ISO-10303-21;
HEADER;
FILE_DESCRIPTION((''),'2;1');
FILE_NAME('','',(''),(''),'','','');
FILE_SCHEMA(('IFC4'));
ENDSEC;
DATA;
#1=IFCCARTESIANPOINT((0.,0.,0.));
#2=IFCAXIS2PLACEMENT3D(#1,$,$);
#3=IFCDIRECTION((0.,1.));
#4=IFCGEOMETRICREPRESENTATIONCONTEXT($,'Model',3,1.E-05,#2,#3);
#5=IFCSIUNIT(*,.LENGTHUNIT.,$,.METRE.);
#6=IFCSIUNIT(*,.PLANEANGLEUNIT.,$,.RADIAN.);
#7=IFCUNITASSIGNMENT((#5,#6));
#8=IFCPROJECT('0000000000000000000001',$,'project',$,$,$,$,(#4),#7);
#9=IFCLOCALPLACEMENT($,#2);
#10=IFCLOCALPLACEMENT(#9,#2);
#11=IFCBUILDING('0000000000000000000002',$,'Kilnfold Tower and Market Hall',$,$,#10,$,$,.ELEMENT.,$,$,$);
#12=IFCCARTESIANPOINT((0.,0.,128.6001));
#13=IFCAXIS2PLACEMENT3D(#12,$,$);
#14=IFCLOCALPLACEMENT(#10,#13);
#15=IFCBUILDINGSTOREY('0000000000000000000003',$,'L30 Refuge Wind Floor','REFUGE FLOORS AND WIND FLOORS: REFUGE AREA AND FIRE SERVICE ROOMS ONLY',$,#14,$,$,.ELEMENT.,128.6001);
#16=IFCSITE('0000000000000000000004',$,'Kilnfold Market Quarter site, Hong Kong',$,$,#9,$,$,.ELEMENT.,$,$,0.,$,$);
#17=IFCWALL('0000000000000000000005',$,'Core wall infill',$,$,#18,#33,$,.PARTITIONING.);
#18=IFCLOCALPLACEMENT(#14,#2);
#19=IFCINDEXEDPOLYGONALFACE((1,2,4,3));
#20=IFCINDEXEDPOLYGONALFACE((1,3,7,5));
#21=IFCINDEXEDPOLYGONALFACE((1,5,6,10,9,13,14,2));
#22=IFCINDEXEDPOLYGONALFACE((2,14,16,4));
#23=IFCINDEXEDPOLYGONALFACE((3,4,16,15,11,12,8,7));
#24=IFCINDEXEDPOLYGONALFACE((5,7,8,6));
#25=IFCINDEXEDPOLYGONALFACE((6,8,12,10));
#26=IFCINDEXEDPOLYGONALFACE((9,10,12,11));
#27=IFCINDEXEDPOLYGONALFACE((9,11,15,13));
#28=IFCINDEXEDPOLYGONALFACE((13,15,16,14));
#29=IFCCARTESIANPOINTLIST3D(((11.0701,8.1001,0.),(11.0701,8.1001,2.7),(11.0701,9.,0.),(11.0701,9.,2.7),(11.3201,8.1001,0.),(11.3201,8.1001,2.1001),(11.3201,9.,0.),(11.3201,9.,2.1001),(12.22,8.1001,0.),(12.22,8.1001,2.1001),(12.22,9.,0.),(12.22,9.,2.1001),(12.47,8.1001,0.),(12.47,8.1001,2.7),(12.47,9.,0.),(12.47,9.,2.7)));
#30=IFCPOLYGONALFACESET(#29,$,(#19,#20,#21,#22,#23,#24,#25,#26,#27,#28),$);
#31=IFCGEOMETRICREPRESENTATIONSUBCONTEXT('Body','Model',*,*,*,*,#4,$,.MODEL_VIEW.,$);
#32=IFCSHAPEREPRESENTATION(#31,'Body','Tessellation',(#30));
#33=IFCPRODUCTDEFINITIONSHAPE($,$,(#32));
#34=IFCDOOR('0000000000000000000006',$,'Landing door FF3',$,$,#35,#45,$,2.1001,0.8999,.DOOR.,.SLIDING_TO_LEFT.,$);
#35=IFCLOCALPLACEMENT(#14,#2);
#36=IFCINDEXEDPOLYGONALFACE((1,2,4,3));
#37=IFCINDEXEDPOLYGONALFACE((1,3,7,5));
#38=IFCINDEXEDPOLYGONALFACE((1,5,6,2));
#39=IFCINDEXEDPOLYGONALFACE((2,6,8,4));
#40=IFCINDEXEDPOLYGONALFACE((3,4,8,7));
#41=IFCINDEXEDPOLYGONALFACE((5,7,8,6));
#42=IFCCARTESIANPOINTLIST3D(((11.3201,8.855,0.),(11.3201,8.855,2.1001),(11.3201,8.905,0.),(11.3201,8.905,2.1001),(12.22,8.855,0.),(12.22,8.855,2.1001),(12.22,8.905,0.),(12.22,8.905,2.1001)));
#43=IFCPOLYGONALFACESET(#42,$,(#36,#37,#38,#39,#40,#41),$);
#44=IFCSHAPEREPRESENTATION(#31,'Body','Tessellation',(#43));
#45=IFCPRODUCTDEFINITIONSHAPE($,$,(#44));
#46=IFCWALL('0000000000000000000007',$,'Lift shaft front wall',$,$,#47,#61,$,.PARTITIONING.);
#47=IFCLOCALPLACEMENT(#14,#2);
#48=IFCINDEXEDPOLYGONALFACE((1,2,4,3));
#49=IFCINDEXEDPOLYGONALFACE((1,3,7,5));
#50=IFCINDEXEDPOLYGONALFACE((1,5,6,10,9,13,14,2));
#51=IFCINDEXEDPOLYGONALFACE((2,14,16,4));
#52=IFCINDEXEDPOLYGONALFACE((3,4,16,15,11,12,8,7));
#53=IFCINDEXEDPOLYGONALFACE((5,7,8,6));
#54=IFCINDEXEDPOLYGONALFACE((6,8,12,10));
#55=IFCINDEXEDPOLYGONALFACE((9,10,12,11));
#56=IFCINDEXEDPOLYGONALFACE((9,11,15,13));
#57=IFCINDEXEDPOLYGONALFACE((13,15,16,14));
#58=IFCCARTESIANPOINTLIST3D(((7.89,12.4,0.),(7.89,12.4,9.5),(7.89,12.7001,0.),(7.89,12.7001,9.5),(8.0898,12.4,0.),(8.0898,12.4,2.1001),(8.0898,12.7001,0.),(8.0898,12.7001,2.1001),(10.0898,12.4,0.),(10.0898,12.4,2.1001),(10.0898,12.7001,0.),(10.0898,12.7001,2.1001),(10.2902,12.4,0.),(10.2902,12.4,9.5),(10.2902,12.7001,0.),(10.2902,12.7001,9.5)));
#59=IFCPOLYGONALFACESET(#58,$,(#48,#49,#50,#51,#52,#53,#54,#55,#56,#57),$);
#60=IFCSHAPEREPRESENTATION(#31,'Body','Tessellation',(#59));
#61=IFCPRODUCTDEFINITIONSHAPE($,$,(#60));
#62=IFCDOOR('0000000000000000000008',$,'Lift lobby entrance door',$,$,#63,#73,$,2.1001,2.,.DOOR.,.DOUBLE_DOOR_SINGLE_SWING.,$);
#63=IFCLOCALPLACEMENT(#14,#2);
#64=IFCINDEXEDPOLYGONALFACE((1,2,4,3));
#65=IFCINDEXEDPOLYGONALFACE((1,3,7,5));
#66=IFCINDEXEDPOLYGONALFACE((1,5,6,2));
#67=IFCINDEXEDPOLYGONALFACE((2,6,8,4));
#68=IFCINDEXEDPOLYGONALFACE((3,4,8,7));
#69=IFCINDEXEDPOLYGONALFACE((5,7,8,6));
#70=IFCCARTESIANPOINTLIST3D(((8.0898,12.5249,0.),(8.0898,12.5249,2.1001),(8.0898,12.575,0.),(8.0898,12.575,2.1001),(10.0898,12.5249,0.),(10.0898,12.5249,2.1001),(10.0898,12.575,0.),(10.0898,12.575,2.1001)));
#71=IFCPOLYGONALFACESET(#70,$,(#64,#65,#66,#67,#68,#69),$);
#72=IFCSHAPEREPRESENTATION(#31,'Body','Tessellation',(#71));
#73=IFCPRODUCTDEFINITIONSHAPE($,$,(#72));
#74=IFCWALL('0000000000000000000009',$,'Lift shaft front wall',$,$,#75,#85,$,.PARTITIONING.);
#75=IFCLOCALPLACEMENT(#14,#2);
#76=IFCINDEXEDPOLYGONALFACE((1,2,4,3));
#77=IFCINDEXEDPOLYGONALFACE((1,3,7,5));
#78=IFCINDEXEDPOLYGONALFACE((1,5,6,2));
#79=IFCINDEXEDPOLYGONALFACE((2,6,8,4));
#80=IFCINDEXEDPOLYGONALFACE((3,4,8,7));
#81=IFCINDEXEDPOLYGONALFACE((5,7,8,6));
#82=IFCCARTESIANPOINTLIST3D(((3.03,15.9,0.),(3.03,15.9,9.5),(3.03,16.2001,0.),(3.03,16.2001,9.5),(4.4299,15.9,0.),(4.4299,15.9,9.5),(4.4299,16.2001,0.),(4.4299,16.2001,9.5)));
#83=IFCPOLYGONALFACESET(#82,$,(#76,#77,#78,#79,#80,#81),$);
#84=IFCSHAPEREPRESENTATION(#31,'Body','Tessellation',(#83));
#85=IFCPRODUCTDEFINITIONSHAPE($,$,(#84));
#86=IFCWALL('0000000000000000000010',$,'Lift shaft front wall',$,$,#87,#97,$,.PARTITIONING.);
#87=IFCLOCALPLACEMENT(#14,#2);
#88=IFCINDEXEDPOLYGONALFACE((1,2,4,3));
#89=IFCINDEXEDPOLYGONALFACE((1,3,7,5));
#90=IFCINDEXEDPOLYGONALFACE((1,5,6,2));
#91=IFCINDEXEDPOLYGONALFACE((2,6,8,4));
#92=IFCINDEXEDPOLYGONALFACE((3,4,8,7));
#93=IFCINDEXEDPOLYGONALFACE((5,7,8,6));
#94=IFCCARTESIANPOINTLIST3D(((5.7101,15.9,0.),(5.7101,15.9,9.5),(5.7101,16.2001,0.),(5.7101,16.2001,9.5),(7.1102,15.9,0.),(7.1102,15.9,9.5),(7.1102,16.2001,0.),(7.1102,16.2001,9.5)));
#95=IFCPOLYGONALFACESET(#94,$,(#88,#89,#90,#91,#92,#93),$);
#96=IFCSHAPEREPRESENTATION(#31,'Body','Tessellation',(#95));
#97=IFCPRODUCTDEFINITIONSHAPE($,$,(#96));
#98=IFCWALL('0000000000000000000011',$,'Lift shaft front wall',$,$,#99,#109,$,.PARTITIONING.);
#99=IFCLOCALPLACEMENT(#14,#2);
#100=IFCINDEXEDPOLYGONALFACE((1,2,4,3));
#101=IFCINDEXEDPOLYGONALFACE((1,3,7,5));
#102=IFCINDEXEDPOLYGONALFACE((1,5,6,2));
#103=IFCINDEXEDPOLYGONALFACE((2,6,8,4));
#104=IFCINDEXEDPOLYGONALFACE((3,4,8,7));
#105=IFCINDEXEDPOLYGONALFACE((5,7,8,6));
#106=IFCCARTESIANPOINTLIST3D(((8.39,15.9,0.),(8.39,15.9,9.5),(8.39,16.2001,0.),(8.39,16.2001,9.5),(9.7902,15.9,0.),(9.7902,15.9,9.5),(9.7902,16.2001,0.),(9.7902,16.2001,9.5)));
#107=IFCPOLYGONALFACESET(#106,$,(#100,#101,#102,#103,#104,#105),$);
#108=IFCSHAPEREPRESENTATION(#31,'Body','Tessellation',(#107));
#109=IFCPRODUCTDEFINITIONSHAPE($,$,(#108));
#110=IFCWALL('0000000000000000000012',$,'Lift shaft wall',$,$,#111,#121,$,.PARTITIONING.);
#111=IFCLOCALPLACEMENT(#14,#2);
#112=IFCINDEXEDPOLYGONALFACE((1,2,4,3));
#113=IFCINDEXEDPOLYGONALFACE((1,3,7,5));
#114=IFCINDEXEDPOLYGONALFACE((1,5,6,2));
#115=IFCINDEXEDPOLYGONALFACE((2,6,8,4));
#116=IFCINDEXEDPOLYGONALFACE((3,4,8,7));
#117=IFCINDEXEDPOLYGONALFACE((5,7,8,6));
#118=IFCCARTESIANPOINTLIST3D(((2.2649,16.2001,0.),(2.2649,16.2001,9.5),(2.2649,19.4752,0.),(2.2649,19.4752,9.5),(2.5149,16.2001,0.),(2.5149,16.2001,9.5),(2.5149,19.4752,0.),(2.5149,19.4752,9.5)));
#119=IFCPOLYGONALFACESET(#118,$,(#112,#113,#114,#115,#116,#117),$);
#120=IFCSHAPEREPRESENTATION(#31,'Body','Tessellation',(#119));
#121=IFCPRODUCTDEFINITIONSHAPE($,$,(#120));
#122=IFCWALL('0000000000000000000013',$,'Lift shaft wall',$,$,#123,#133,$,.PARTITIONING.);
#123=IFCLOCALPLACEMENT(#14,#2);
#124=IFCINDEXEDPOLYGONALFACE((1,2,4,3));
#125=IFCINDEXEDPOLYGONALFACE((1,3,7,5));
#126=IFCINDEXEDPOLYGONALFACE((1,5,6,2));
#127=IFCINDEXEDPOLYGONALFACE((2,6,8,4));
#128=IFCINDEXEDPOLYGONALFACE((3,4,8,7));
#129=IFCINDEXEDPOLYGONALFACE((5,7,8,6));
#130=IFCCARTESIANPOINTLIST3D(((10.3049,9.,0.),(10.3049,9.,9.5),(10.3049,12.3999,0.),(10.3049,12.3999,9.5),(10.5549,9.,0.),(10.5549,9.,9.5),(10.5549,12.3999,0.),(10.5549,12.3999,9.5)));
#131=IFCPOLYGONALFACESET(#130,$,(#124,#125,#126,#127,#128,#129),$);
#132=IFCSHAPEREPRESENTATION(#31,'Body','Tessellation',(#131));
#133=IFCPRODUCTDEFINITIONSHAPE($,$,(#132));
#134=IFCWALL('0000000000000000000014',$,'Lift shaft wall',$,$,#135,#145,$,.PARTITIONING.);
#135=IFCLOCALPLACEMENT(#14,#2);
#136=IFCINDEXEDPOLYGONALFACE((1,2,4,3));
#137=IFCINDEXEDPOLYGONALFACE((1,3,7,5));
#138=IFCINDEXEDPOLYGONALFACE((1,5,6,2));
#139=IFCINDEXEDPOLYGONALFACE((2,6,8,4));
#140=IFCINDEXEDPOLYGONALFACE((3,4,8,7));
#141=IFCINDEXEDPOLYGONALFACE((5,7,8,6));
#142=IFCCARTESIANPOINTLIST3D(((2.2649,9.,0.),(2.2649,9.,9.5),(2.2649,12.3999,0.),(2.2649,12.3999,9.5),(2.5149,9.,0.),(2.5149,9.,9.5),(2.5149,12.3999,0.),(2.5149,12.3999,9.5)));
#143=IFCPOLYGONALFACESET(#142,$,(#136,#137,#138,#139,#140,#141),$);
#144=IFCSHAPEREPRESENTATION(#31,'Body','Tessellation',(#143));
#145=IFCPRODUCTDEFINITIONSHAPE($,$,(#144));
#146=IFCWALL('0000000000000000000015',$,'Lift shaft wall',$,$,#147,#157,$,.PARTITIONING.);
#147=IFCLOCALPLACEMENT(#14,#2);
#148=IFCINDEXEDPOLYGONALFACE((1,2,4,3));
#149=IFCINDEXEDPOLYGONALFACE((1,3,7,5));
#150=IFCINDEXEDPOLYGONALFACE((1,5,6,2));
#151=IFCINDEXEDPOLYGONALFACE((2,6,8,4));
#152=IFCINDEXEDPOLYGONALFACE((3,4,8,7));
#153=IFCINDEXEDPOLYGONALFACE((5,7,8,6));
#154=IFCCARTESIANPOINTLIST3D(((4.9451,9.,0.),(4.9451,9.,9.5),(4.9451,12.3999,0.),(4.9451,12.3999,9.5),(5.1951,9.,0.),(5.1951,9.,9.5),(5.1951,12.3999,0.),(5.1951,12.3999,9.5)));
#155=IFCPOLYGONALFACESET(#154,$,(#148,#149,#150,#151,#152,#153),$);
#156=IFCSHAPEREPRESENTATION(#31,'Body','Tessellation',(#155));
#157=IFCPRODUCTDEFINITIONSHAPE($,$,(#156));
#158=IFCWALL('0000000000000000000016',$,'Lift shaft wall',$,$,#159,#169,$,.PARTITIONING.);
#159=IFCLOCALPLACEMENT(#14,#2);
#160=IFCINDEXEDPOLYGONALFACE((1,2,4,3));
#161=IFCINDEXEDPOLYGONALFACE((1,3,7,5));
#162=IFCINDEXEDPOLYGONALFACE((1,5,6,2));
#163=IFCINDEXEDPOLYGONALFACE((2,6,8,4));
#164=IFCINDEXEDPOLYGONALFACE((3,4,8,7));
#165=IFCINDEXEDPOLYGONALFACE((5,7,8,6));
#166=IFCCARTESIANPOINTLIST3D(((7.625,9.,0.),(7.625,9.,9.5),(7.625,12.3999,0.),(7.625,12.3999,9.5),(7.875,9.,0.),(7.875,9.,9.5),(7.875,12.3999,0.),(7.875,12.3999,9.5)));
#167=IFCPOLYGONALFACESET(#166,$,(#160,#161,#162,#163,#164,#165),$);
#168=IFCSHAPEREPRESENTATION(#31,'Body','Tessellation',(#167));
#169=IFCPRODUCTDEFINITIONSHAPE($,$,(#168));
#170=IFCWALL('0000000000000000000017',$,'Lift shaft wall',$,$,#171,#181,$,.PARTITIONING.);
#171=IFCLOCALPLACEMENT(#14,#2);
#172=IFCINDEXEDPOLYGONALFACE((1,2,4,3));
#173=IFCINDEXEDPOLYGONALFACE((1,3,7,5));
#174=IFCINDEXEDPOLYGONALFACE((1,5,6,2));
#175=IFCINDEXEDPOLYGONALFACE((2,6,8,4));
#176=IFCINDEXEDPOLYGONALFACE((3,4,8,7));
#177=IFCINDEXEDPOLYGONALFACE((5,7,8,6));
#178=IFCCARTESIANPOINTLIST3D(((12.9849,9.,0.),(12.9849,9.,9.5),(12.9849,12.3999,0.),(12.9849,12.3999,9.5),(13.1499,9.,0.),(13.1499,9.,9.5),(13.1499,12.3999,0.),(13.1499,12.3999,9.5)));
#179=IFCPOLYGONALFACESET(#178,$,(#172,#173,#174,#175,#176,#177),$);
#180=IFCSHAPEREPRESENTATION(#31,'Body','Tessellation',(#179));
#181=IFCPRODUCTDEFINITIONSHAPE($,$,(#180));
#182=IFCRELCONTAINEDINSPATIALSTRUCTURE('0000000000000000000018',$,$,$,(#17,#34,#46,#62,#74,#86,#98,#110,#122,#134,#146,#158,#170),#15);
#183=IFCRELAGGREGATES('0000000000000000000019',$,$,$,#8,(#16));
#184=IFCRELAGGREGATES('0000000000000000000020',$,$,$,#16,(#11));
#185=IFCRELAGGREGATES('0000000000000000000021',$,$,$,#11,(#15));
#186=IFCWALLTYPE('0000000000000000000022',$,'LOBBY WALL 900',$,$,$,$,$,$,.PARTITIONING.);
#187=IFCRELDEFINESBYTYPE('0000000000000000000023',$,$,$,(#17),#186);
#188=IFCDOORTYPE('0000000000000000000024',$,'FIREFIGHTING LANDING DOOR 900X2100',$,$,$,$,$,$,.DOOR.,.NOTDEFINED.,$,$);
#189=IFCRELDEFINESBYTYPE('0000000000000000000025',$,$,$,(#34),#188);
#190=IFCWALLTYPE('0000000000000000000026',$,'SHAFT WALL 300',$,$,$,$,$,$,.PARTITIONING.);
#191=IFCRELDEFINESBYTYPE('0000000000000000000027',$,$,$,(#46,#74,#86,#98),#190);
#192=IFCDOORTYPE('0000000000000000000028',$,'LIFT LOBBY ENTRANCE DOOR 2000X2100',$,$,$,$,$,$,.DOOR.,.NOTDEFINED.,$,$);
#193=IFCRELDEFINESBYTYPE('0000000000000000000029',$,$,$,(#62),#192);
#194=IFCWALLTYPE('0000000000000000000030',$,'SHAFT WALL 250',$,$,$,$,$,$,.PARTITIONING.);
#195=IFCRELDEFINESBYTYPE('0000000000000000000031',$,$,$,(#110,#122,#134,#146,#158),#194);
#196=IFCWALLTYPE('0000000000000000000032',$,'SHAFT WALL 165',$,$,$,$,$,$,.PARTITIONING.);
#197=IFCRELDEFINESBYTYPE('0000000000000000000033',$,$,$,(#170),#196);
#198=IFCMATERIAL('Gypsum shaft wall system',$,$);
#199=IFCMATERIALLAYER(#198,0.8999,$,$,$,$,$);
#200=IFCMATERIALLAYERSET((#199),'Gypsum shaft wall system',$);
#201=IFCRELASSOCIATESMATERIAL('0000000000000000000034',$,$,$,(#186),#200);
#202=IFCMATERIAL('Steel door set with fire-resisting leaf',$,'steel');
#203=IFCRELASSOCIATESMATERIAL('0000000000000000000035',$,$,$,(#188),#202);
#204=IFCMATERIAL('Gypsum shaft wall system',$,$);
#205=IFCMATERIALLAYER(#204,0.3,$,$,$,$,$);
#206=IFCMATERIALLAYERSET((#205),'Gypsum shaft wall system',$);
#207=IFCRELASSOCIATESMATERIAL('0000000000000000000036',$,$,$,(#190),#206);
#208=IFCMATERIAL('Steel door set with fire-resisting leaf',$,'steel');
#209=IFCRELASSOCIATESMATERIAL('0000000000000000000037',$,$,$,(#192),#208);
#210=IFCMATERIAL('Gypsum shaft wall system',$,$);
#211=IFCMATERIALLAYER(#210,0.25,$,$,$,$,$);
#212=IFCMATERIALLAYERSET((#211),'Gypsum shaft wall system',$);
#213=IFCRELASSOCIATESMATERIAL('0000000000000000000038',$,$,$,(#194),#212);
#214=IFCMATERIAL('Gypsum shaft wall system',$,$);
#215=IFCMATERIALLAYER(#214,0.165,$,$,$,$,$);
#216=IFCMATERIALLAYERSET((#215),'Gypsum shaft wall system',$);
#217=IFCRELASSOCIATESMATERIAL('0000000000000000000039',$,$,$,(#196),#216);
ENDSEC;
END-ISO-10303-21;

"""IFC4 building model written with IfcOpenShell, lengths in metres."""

from ifc_helpers import new_model, si_unit, direction, frame, frame_2d, origin, place, context, subcontext, project, spatial, rectangle, extrude, source, transform, mapped, material, layer, layer_set, type_object, element, fill, save


model = new_model("IFC4")

# Units and contexts
model_context = context("Model", 3, precision=1e-05, world=origin(), true_north=direction((0.0, 1.0)))
body_context = subcontext(model_context, "Body", "Model", "MODEL_VIEW")
ifc_project = project(units=[si_unit("LENGTHUNIT", "METRE"), si_unit("PLANEANGLEUNIT", "RADIAN")], contexts=[model_context])

# Site, building, storey
site_placement = place(None, origin())
site = spatial("IfcSite", under=ifc_project, at=site_placement, Name="Kilnfold Market Quarter site, Hong Kong", CompositionType="ELEMENT", RefElevation=0.0)
building_placement = place(site_placement, origin())
building = spatial("IfcBuilding", under=site, at=building_placement, Name="Kilnfold Tower and Market Hall", CompositionType="ELEMENT")
storey_placement = place(building_placement, frame((0.0, 0.0, 128.6001)))
storey = spatial("IfcBuildingStorey", under=building, at=storey_placement, Name="L30 Refuge Wind Floor", Description="REFUGE FLOORS AND WIND FLOORS: REFUGE AREA AND FIRE SERVICE ROOMS ONLY", CompositionType="ELEMENT", Elevation=128.6001)

# Walls, openings, doors
ifc_material_1 = material(Name="Gypsum shaft wall system")
ifc_layer_1 = layer(ifc_material_1, 0.8999)
ifc_layer_set_1 = layer_set([ifc_layer_1], Name="Gypsum shaft wall system")
wall_type_1 = type_object("IfcWallType", Name="LOBBY WALL 900", PredefinedType="PARTITIONING", material=ifc_layer_set_1)
shared_shape_1 = source(origin(), body_context, "Body", "SweptSolid", [
    extrude(rectangle(XDim=1.3999, YDim=0.8999, at=frame_2d((0.7, 0.0))), origin(), (0.0, 0.0, 1.0), 2.7),
])
wall_1_placement = place(storey_placement, frame((11.0701, 8.55, 0.0), z_axis=(0.0, 0.0, 1.0), x_axis=(1.0, 0.0, 0.0)))
wall_1 = element("IfcWall", 1, at=wall_1_placement, inside=storey, type_object=wall_type_1, Name="Core wall infill", PredefinedType="PARTITIONING", context=body_context, shape_type="MappedRepresentation", body=[
    mapped(shared_shape_1, transform((0.0, 0.0, 0.0))),
])
opening_1_placement = place(wall_1_placement, frame((0.25, 0.0, 0.0)))
opening_1 = element("IfcOpeningElement", 2, at=opening_1_placement, cuts=wall_1, PredefinedType="OPENING", context=body_context, shape_type="SweptSolid", body=[
    extrude(rectangle(XDim=0.8999, YDim=2.1001, at=frame_2d((0.45, 1.05))), frame((0.0, 0.46, 0.0), z_axis=(0.0, -1.0, 0.0), x_axis=(1.0, 0.0, 0.0)), (0.0, 0.0, 1.0), 0.9199),
])
ifc_material_2 = material(Name="Steel door set with fire-resisting leaf", Category="steel")
door_type_1 = type_object("IfcDoorType", Name="FIREFIGHTING LANDING DOOR 900X2100", OperationType="NOTDEFINED", PredefinedType="DOOR", material=ifc_material_2)
door_1_placement = place(opening_1_placement, origin())
door_1 = element("IfcDoor", 3, at=door_1_placement, inside=storey, type_object=door_type_1, Name="Landing door FF3", OperationType="SLIDING_TO_LEFT", OverallHeight=2.1001, OverallWidth=0.8999, PredefinedType="DOOR", context=body_context, shape_type="SweptSolid", body=[
    extrude(rectangle(XDim=0.8999, YDim=2.1001, at=frame_2d((0.45, 1.05))), frame((0.0, 0.355, 0.0), z_axis=(0.0, -1.0, 0.0), x_axis=(1.0, 0.0, 0.0)), (0.0, 0.0, 1.0), 0.05),
])
fill(opening_1, door_1)
ifc_material_3 = material(Name="Gypsum shaft wall system")
ifc_layer_2 = layer(ifc_material_3, 0.3)
ifc_layer_set_2 = layer_set([ifc_layer_2], Name="Gypsum shaft wall system")
wall_type_2 = type_object("IfcWallType", Name="SHAFT WALL 300", PredefinedType="PARTITIONING", material=ifc_layer_set_2)
shared_shape_2 = source(origin(), body_context, "Body", "SweptSolid", [
    extrude(rectangle(XDim=2.4001, YDim=0.3, at=frame_2d((1.2002, 0.0))), origin(), (0.0, 0.0, 1.0), 9.5),
])
wall_2_placement = place(storey_placement, frame((7.8899, 12.55, 0.0), z_axis=(0.0, 0.0, 1.0), x_axis=(1.0, 0.0, 0.0)))
wall_2 = element("IfcWall", 4, at=wall_2_placement, inside=storey, type_object=wall_type_2, Name="Lift shaft front wall", PredefinedType="PARTITIONING", context=body_context, shape_type="MappedRepresentation", body=[
    mapped(shared_shape_2, transform((0.0, 0.0, 0.0))),
])
opening_2_placement = place(wall_2_placement, frame((0.2, 0.0, 0.0)))
opening_2 = element("IfcOpeningElement", 5, at=opening_2_placement, cuts=wall_2, PredefinedType="OPENING", context=body_context, shape_type="SweptSolid", body=[
    extrude(rectangle(XDim=2.0, YDim=2.1001, at=frame_2d((1.0, 1.05))), frame((0.0, 0.1602, 0.0), z_axis=(0.0, -1.0, 0.0), x_axis=(1.0, 0.0, 0.0)), (0.0, 0.0, 1.0), 0.3201),
])
ifc_material_4 = material(Name="Steel door set with fire-resisting leaf", Category="steel")
door_type_2 = type_object("IfcDoorType", Name="LIFT LOBBY ENTRANCE DOOR 2000X2100", OperationType="NOTDEFINED", PredefinedType="DOOR", material=ifc_material_4)
door_2_placement = place(opening_2_placement, origin())
door_2 = element("IfcDoor", 6, at=door_2_placement, inside=storey, type_object=door_type_2, Name="Lift lobby entrance door", OperationType="DOUBLE_DOOR_SINGLE_SWING", OverallHeight=2.1001, OverallWidth=2.0, PredefinedType="DOOR", context=body_context, shape_type="SweptSolid", body=[
    extrude(rectangle(XDim=2.0, YDim=2.1001, at=frame_2d((1.0, 1.05))), frame((0.0, 0.0249, 0.0), z_axis=(0.0, -1.0, 0.0), x_axis=(1.0, 0.0, 0.0)), (0.0, 0.0, 1.0), 0.05),
])
fill(opening_2, door_2)

# Walls
shared_shape_3 = source(origin(), body_context, "Body", "SweptSolid", [
    extrude(rectangle(XDim=1.3999, YDim=0.3, at=frame_2d((0.7, 0.0))), origin(), (0.0, 0.0, 1.0), 9.5),
])
wall_3_placement = place(storey_placement, frame((3.03, 16.05, 0.0), z_axis=(0.0, 0.0, 1.0), x_axis=(1.0, 0.0, 0.0)))
element("IfcWall", 7, at=wall_3_placement, inside=storey, type_object=wall_type_2, Name="Lift shaft front wall", PredefinedType="PARTITIONING", context=body_context, shape_type="MappedRepresentation", body=[
    mapped(shared_shape_3, transform((0.0, 0.0, 0.0))),
])
shared_shape_4 = source(origin(), body_context, "Body", "SweptSolid", [
    extrude(rectangle(XDim=1.4001, YDim=0.3, at=frame_2d((0.7002, 0.0))), origin(), (0.0, 0.0, 1.0), 9.5),
])
for number, where, z_axis, x_axis, name in (
    (8, (5.71, 16.05, 0.0), (0.0, 0.0, 1.0), (1.0, 0.0, 0.0), "Lift shaft front wall"),
    (9, (8.3899, 16.05, 0.0), (0.0, 0.0, 1.0), (1.0, 0.0, 0.0), "Lift shaft front wall"),
):
    element("IfcWall", number, at=place(storey_placement, frame(where, z_axis=z_axis, x_axis=x_axis)), inside=storey, type_object=wall_type_2, Name=name, PredefinedType="PARTITIONING", context=body_context, shape_type="MappedRepresentation", body=[
        mapped(shared_shape_4, transform((0.0, 0.0, 0.0))),
    ])
ifc_material_5 = material(Name="Gypsum shaft wall system")
ifc_layer_3 = layer(ifc_material_5, 0.25)
ifc_layer_set_3 = layer_set([ifc_layer_3], Name="Gypsum shaft wall system")
wall_type_3 = type_object("IfcWallType", Name="SHAFT WALL 250", PredefinedType="PARTITIONING", material=ifc_layer_set_3)
shared_shape_5 = source(origin(), body_context, "Body", "SweptSolid", [
    extrude(rectangle(XDim=3.2751, YDim=0.25, at=frame_2d((1.6377, 0.0))), origin(), (0.0, 0.0, 1.0), 9.5),
])
wall_4_placement = place(storey_placement, frame((2.3899, 16.2, 0.0), z_axis=(0.0, 0.0, 1.0), x_axis=(0.0, 1.0, 0.0)))
element("IfcWall", 10, at=wall_4_placement, inside=storey, type_object=wall_type_3, Name="Lift shaft wall", PredefinedType="PARTITIONING", context=body_context, shape_type="MappedRepresentation", body=[
    mapped(shared_shape_5, transform((0.0, 0.0, 0.0))),
])
shared_shape_6 = source(origin(), body_context, "Body", "SweptSolid", [
    extrude(rectangle(XDim=3.3999, YDim=0.25, at=frame_2d((1.7, 0.0))), origin(), (0.0, 0.0, 1.0), 9.5),
])
for number, where, z_axis, x_axis, name in (
    (11, (10.4299, 9.0, 0.0), (0.0, 0.0, 1.0), (0.0, 1.0, 0.0), "Lift shaft wall"),
    (12, (2.3899, 9.0, 0.0), (0.0, 0.0, 1.0), (0.0, 1.0, 0.0), "Lift shaft wall"),
    (13, (5.0701, 9.0, 0.0), (0.0, 0.0, 1.0), (0.0, 1.0, 0.0), "Lift shaft wall"),
    (14, (7.75, 9.0, 0.0), (0.0, 0.0, 1.0), (0.0, 1.0, 0.0), "Lift shaft wall"),
):
    element("IfcWall", number, at=place(storey_placement, frame(where, z_axis=z_axis, x_axis=x_axis)), inside=storey, type_object=wall_type_3, Name=name, PredefinedType="PARTITIONING", context=body_context, shape_type="MappedRepresentation", body=[
        mapped(shared_shape_6, transform((0.0, 0.0, 0.0))),
    ])
ifc_material_6 = material(Name="Gypsum shaft wall system")
ifc_layer_4 = layer(ifc_material_6, 0.165)
ifc_layer_set_4 = layer_set([ifc_layer_4], Name="Gypsum shaft wall system")
wall_type_4 = type_object("IfcWallType", Name="SHAFT WALL 165", PredefinedType="PARTITIONING", material=ifc_layer_set_4)
shared_shape_7 = source(origin(), body_context, "Body", "SweptSolid", [
    extrude(rectangle(XDim=3.3999, YDim=0.165, at=frame_2d((1.7, 0.0))), origin(), (0.0, 0.0, 1.0), 9.5),
])
wall_5_placement = place(storey_placement, frame((13.0674, 9.0, 0.0), z_axis=(0.0, 0.0, 1.0), x_axis=(0.0, 1.0, 0.0)))
element("IfcWall", 15, at=wall_5_placement, inside=storey, type_object=wall_type_4, Name="Lift shaft wall", PredefinedType="PARTITIONING", context=body_context, shape_type="MappedRepresentation", body=[
    mapped(shared_shape_7, transform((0.0, 0.0, 0.0))),
])

save(model, "model.ifc")
